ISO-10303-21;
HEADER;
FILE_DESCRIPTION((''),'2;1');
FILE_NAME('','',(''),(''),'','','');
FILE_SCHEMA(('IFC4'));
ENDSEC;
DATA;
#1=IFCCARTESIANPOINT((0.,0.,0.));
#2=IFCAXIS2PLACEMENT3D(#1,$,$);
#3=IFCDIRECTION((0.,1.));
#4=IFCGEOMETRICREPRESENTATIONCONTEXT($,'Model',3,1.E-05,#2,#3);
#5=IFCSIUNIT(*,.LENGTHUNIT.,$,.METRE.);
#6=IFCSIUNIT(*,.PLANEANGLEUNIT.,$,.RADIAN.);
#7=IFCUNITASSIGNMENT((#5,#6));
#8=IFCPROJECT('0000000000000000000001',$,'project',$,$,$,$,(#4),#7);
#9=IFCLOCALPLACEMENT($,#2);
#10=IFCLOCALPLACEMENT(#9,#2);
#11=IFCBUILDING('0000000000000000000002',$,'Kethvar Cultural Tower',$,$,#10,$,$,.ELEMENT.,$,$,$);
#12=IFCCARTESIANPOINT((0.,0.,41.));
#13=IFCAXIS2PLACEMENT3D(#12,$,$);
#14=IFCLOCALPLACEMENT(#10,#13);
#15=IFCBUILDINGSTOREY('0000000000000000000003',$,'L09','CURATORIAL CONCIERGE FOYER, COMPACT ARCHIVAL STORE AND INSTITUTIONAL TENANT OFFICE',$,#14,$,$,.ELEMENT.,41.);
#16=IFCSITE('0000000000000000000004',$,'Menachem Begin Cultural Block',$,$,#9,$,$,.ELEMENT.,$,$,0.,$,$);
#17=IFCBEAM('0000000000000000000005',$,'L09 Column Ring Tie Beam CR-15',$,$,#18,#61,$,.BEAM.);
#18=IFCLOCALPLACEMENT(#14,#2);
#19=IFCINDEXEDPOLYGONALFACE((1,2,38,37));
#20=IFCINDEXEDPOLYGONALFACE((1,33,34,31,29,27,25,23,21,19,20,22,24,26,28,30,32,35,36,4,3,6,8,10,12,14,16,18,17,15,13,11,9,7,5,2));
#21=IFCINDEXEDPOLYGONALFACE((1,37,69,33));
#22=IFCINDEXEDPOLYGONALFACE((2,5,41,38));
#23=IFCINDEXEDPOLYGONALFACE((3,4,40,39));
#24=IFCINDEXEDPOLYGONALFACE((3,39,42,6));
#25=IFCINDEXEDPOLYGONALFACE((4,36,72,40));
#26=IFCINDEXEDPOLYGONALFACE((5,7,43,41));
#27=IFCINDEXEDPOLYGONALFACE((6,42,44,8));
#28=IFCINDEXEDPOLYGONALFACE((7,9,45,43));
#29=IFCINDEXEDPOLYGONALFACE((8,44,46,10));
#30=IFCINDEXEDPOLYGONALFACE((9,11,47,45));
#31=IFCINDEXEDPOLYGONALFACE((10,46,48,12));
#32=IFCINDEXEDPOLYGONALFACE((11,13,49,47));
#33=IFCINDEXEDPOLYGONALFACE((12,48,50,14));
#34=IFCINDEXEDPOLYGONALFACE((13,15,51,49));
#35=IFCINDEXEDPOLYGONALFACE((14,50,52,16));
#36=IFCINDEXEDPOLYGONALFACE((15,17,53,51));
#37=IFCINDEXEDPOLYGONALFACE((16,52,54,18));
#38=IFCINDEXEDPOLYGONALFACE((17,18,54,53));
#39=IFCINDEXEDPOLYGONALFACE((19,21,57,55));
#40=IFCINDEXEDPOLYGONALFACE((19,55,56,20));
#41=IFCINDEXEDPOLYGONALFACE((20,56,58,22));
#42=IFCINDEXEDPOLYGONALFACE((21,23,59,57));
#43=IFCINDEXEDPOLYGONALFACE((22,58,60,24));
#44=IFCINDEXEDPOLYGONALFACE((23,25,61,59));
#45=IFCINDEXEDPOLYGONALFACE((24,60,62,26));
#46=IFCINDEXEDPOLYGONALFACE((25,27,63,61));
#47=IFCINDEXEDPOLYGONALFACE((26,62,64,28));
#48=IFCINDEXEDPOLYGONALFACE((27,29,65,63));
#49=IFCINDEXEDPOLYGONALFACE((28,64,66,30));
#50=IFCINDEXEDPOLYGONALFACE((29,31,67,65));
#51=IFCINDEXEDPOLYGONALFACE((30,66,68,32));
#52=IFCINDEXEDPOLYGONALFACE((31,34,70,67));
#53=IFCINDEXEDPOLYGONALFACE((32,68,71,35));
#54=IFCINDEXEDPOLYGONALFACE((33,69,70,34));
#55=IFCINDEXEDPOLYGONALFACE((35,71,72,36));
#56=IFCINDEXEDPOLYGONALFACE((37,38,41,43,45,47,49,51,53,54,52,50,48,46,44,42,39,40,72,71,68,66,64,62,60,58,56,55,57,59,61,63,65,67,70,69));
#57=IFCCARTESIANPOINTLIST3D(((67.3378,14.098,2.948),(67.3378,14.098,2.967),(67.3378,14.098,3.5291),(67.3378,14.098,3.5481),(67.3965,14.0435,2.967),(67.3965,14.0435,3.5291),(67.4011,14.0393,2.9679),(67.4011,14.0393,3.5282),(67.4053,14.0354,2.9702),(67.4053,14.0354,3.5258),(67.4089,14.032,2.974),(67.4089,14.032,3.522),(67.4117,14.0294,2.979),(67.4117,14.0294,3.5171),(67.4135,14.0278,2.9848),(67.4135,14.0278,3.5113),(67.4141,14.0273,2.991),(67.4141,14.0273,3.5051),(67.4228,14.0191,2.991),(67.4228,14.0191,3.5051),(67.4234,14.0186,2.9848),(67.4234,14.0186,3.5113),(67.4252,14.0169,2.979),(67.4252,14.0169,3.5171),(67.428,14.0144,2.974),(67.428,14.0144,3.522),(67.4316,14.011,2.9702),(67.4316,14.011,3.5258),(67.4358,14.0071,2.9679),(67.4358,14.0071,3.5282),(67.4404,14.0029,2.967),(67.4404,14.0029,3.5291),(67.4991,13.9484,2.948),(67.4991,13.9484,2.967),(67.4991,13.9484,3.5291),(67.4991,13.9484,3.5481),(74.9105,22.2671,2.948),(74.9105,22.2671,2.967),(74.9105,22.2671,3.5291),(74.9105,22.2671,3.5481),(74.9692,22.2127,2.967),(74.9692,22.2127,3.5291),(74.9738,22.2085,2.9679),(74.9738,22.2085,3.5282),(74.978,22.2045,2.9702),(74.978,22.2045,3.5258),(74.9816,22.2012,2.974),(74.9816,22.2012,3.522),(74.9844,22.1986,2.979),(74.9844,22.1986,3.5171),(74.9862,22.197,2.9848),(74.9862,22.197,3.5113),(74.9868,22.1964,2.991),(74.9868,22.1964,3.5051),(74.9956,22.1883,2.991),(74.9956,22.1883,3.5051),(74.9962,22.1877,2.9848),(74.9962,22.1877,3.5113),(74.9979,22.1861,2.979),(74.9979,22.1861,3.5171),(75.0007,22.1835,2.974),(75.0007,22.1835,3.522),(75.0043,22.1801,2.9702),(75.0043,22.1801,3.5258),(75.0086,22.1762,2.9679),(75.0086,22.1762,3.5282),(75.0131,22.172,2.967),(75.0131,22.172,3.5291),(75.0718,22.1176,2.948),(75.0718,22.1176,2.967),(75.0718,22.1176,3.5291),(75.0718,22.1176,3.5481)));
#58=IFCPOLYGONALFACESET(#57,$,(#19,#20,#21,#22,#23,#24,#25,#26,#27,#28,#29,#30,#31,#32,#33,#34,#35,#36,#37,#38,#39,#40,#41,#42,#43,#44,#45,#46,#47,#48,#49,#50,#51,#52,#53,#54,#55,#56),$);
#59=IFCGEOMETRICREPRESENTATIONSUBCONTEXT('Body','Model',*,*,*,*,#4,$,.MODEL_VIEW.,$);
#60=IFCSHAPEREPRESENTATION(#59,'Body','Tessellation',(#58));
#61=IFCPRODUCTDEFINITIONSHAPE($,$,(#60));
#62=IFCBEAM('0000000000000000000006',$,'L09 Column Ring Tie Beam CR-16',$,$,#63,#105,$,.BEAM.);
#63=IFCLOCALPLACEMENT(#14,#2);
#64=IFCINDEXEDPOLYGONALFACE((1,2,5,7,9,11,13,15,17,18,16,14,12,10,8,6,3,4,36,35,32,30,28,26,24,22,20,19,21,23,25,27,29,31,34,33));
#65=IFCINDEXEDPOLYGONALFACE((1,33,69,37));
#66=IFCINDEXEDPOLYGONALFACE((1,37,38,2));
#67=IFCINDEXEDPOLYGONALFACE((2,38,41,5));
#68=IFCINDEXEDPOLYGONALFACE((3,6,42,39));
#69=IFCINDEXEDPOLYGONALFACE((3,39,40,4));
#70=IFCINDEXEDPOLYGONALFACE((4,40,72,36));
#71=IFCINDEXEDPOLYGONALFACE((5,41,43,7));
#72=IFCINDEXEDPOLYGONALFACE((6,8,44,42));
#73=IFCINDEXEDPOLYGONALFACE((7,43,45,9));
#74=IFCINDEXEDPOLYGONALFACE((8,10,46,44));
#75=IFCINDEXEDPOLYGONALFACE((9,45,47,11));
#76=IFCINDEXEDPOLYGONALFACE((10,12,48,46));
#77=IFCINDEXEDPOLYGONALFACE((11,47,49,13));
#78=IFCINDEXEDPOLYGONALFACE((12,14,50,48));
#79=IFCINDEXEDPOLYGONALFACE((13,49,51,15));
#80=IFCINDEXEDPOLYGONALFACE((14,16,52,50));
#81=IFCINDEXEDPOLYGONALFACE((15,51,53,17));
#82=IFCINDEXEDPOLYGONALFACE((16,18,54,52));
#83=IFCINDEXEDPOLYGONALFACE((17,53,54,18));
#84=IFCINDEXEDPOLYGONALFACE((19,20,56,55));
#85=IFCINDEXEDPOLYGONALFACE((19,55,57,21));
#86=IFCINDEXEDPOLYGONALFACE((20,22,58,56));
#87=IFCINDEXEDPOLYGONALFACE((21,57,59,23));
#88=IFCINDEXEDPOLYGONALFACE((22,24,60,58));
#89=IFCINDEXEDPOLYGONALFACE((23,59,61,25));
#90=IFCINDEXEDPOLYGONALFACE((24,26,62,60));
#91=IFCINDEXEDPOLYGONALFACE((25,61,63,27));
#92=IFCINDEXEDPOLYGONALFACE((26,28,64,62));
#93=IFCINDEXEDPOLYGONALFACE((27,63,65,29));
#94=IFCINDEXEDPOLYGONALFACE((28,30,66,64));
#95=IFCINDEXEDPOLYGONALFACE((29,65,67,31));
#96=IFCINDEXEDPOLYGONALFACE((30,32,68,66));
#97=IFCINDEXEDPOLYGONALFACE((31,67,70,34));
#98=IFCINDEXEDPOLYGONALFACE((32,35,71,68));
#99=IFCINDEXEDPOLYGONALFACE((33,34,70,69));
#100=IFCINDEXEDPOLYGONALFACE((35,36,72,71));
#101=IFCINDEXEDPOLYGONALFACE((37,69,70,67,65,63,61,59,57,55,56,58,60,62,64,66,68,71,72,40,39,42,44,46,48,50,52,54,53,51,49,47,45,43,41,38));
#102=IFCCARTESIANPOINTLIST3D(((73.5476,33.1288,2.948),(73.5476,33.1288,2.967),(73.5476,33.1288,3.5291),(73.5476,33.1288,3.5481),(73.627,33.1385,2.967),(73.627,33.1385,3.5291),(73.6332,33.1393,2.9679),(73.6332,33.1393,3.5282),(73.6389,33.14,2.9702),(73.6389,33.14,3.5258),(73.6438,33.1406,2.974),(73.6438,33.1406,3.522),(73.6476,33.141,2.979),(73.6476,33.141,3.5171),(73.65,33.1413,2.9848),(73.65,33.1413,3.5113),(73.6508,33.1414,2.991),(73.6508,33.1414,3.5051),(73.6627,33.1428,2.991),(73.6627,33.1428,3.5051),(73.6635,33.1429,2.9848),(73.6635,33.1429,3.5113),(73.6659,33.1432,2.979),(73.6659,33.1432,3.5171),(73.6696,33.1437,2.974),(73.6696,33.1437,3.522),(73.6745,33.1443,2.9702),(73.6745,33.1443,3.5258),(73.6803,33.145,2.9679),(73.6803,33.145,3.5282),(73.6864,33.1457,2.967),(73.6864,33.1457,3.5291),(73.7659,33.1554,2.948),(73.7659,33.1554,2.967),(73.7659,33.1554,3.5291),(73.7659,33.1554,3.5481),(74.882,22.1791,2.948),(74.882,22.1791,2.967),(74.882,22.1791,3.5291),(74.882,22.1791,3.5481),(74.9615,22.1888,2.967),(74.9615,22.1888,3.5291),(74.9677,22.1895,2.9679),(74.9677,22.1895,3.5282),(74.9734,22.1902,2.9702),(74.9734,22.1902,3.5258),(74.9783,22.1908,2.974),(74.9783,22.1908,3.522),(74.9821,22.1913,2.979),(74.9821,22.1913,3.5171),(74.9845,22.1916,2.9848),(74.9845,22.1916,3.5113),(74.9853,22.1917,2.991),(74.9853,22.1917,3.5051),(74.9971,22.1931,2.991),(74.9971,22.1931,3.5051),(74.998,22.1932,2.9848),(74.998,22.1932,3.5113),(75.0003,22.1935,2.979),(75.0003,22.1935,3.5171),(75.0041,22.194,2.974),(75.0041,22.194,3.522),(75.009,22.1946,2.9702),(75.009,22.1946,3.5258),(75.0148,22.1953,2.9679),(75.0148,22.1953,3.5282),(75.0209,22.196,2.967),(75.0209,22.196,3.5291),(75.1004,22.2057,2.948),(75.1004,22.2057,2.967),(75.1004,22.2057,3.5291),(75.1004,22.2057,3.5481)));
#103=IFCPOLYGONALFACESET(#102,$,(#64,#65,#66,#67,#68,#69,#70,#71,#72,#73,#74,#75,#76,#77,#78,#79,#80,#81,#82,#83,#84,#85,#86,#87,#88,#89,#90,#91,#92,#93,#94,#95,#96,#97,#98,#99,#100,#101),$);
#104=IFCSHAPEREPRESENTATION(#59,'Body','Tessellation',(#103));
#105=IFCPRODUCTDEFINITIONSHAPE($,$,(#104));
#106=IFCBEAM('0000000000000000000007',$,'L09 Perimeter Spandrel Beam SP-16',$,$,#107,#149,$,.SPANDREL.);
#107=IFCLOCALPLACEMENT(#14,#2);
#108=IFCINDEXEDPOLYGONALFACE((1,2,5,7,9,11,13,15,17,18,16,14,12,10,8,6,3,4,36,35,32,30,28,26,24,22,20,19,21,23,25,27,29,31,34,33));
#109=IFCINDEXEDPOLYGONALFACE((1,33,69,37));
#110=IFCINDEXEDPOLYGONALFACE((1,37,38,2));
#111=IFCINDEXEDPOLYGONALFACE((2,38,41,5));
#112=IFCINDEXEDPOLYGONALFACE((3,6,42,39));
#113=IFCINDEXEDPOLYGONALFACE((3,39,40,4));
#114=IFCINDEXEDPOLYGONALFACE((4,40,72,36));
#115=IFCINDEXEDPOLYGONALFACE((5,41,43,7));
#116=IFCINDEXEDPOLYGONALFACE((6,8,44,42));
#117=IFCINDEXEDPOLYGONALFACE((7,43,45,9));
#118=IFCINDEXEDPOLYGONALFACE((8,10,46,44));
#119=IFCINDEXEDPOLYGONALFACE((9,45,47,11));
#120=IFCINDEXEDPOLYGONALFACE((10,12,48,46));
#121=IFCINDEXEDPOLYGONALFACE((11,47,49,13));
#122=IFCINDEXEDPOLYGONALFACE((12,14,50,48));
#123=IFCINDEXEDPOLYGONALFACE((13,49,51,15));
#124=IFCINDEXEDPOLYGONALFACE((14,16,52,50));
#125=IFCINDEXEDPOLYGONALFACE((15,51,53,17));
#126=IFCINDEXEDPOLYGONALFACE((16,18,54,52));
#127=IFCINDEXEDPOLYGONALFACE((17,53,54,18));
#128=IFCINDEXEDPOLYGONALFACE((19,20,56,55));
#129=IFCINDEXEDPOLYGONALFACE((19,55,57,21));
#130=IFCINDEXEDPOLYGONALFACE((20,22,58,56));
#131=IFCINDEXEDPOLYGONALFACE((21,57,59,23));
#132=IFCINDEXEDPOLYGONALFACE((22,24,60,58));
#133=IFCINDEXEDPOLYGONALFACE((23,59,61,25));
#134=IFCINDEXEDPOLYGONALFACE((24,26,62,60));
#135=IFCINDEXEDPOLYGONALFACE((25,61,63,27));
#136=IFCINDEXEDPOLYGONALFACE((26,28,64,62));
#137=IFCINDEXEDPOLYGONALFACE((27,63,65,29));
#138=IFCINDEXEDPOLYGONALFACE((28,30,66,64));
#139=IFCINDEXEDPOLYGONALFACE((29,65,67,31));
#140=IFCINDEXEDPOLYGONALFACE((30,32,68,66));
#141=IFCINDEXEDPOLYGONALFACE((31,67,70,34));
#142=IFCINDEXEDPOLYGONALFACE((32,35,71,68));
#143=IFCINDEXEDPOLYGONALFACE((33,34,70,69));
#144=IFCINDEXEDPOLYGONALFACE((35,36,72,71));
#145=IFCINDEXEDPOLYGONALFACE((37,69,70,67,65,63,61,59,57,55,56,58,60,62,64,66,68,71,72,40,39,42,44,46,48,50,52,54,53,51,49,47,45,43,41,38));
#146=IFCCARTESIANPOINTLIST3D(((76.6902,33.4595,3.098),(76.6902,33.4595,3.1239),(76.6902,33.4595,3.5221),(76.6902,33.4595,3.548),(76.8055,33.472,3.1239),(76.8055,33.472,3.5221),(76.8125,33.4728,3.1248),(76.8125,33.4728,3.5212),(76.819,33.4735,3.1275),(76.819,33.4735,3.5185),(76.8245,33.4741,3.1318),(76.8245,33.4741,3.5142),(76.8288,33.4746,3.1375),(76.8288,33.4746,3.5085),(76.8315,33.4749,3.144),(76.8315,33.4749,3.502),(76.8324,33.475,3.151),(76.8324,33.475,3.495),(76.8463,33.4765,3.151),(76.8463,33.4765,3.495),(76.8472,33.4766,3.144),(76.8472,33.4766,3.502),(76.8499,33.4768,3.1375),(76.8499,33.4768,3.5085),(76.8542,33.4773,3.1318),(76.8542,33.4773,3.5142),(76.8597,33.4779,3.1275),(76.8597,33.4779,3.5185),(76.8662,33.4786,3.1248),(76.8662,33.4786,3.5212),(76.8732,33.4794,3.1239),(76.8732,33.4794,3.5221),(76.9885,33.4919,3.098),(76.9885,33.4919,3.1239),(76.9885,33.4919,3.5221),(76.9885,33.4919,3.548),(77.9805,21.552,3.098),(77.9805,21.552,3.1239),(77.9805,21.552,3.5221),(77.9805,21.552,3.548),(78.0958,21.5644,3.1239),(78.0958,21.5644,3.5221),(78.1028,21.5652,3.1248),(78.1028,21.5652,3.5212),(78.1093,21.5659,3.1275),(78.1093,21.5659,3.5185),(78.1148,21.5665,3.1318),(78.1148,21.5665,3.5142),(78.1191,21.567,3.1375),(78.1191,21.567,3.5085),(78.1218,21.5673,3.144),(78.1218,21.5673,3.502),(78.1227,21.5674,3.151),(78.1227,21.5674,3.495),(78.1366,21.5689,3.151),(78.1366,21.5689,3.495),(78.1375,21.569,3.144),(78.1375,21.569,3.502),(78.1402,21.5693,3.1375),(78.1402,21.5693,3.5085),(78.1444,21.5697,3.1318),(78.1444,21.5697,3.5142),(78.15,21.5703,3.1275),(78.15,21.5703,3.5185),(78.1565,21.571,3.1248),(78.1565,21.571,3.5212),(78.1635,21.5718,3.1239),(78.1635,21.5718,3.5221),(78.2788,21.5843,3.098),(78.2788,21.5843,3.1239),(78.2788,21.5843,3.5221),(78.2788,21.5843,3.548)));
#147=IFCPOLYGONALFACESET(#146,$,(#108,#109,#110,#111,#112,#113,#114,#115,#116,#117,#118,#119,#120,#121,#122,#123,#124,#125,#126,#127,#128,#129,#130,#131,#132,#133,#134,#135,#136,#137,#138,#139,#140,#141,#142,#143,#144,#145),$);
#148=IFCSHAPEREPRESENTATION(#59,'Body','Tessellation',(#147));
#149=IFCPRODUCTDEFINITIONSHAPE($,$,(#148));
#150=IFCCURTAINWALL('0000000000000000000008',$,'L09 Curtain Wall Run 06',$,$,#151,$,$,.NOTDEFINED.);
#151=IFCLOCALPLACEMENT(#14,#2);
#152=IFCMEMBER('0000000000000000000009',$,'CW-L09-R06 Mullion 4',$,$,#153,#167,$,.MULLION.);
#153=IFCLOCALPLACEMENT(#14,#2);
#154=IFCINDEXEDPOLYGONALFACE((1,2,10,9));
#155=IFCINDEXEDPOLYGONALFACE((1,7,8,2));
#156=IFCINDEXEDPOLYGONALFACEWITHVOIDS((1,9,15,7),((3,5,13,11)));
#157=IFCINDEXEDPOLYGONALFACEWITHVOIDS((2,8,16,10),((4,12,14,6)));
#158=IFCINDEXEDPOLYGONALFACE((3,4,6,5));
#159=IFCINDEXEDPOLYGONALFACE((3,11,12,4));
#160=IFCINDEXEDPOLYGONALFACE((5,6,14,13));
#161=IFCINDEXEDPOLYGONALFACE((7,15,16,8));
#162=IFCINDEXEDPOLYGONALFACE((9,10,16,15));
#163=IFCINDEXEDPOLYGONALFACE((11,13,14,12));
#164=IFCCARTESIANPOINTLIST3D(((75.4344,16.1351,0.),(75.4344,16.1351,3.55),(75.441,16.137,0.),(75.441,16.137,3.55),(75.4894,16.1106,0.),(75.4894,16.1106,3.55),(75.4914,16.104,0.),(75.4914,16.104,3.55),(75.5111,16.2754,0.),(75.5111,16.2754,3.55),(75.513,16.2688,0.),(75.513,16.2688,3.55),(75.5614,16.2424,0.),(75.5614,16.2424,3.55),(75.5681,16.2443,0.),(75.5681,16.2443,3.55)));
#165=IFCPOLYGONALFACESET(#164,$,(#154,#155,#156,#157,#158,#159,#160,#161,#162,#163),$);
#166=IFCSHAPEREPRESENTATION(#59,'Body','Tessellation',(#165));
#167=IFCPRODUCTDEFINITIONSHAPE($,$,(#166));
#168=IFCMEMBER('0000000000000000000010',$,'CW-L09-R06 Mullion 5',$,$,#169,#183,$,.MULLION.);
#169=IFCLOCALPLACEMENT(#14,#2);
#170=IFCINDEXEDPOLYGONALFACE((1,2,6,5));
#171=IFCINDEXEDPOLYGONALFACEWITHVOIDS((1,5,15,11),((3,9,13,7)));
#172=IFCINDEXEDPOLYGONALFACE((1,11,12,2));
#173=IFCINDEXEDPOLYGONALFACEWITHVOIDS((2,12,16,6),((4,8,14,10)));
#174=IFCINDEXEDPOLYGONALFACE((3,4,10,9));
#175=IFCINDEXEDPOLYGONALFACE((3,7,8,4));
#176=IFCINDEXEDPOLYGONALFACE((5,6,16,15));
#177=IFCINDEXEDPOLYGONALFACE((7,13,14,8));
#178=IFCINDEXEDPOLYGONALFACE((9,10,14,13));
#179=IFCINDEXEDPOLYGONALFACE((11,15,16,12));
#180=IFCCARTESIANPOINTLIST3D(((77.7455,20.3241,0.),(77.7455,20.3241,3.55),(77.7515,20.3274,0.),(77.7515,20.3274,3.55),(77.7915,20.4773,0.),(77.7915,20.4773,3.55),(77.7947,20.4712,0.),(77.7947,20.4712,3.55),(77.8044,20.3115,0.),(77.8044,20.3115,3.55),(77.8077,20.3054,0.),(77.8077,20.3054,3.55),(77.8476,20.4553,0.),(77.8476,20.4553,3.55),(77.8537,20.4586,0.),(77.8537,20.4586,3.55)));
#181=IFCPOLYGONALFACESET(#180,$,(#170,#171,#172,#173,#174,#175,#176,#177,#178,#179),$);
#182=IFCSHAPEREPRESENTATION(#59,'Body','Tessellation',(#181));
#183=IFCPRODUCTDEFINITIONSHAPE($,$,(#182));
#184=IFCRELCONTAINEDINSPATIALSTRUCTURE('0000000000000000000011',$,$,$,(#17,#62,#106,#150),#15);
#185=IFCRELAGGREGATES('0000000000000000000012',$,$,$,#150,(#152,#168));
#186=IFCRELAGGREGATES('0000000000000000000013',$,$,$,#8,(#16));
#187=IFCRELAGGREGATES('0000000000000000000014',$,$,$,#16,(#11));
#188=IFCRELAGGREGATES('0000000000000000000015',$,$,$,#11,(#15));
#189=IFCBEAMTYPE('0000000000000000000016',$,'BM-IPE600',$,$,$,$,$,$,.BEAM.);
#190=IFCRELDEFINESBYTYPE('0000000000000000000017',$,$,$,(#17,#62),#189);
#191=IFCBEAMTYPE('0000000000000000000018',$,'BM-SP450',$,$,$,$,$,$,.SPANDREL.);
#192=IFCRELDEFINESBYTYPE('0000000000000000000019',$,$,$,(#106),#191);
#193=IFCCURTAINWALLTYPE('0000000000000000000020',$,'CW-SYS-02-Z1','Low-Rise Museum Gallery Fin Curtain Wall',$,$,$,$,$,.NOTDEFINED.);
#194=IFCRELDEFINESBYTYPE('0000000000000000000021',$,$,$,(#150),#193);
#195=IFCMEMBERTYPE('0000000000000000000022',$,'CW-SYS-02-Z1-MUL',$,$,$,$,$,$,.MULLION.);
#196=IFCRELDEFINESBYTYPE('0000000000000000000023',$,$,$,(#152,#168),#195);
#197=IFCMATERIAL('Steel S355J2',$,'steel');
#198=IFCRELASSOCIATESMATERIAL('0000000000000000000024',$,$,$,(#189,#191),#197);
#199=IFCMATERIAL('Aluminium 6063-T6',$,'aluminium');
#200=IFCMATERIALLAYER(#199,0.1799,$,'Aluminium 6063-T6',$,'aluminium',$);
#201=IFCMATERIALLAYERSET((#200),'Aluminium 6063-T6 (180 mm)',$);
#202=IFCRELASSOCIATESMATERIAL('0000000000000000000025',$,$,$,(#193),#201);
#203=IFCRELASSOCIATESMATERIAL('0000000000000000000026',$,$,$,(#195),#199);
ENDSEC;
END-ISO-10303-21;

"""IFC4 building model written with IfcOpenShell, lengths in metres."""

from ifc_helpers import new_model, si_unit, direction, frame, origin, origin_2d, place, context, subcontext, project, spatial, hollow_rectangle, i_section, extrude, source, transform, mapped, material, layer, layer_set, material_profile, profile_set, type_object, element, aggregate, save


model = new_model("IFC4")

# Units and contexts
model_context = context("Model", 3, precision=1e-05, world=origin(), true_north=direction((0.0, 1.0)))
body_context = subcontext(model_context, "Body", "Model", "MODEL_VIEW")
ifc_project = project(units=[si_unit("LENGTHUNIT", "METRE"), si_unit("PLANEANGLEUNIT", "RADIAN")], contexts=[model_context])

# Site, building, storey
site_placement = place(None, origin())
site = spatial("IfcSite", under=ifc_project, at=site_placement, Name="Menachem Begin Cultural Block", CompositionType="ELEMENT", RefElevation=0.0)
building_placement = place(site_placement, origin())
building = spatial("IfcBuilding", under=site, at=building_placement, Name="Kethvar Cultural Tower", CompositionType="ELEMENT")
storey_placement = place(building_placement, frame((0.0, 0.0, 41.0)))
storey = spatial("IfcBuildingStorey", under=building, at=storey_placement, Name="L09", Description="CURATORIAL CONCIERGE FOYER, COMPACT ARCHIVAL STORE AND INSTITUTIONAL TENANT OFFICE", CompositionType="ELEMENT", Elevation=41.0)

# Beams
ifc_material_1 = material(Name="Steel S355J2", Category="steel")
ifc_material_profile_1 = material_profile(ifc_material_1, i_section(OverallWidth=0.22, OverallDepth=0.6001, WebThickness=0.012, FlangeThickness=0.019, FilletRadius=0.0239, at=origin_2d()), Name="Steel S355J2 — IPE600")
ifc_profile_set_1 = profile_set([ifc_material_profile_1], Name="Steel S355J2 — IPE600")
beam_type_1 = type_object("IfcBeamType", Name="BM-IPE600", PredefinedType="BEAM", material=ifc_profile_set_1)
shared_shape_1 = source(origin(), body_context, "Body", "SweptSolid", [
    extrude(i_section(OverallWidth=0.22, OverallDepth=0.6001, WebThickness=0.012, FlangeThickness=0.019, FilletRadius=0.0239, at=origin_2d()), origin(), (0.0, 0.0, 1.0), 11.1392),
])
beam_1_placement = place(storey_placement, frame((67.4185, 14.0232, 3.248), z_axis=(0.679828, 0.733372, 0.0), x_axis=(-0.733372, 0.679828, 0.0)))
element("IfcBeam", 1, at=beam_1_placement, inside=storey, type_object=beam_type_1, Name="L09 Column Ring Tie Beam CR-15", PredefinedType="BEAM", context=body_context, shape_type="MappedRepresentation", body=[
    mapped(shared_shape_1, transform((0.0, 0.0, 0.0), scale=1.0)),
])
shared_shape_2 = source(origin(), body_context, "Body", "SweptSolid", [
    extrude(i_section(OverallWidth=0.22, OverallDepth=0.6001, WebThickness=0.012, FlangeThickness=0.019, FilletRadius=0.0239, at=origin_2d()), origin(), (0.0, 0.0, 1.0), 11.0308),
])
beam_2_placement = place(storey_placement, frame((74.9912, 22.1924, 3.248), z_axis=(-0.120978, 0.992655, 0.0), x_axis=(-0.992655, -0.120978, 0.0)))
element("IfcBeam", 2, at=beam_2_placement, inside=storey, type_object=beam_type_1, Name="L09 Column Ring Tie Beam CR-16", PredefinedType="BEAM", context=body_context, shape_type="MappedRepresentation", body=[
    mapped(shared_shape_2, transform((0.0, 0.0, 0.0), scale=1.0)),
])
ifc_material_profile_2 = material_profile(ifc_material_1, i_section(OverallWidth=0.3, OverallDepth=0.45, WebThickness=0.0139, FlangeThickness=0.0259, FilletRadius=0.0271, at=origin_2d()), Name="Steel S355J2 — HEB450")
ifc_profile_set_2 = profile_set([ifc_material_profile_2], Name="Steel S355J2 — HEB450")
beam_type_2 = type_object("IfcBeamType", Name="BM-SP450", PredefinedType="SPANDREL", material=ifc_profile_set_2)
shared_shape_3 = source(origin(), body_context, "Body", "SweptSolid", [
    extrude(i_section(OverallWidth=0.3, OverallDepth=0.45, WebThickness=0.0139, FlangeThickness=0.0259, FilletRadius=0.0271, at=origin_2d()), origin(), (0.0, 0.0, 1.0), 11.9773),
])
beam_3_placement = place(storey_placement, frame((78.1296, 21.5681, 3.323), z_axis=(-0.107729, 0.99418, 0.0), x_axis=(-0.99418, -0.107729, 0.0)))
element("IfcBeam", 3, at=beam_3_placement, inside=storey, type_object=beam_type_2, Name="L09 Perimeter Spandrel Beam SP-16", PredefinedType="SPANDREL", context=body_context, shape_type="MappedRepresentation", body=[
    mapped(shared_shape_3, transform((0.0, 0.0, 0.0), scale=1.0)),
])

# Curtain wall, members
ifc_material_2 = material(Name="Aluminium 6063-T6", Category="aluminium")
ifc_layer_1 = layer(ifc_material_2, 0.1799, Name="Aluminium 6063-T6", Category="aluminium")
ifc_layer_set_1 = layer_set([ifc_layer_1], Name="Aluminium 6063-T6 (180 mm)")
curtain_wall_type = type_object("IfcCurtainWallType", Name="CW-SYS-02-Z1", Description="Low-Rise Museum Gallery Fin Curtain Wall", PredefinedType="NOTDEFINED", material=ifc_layer_set_1)
curtain_wall_placement = place(storey_placement, origin())
curtain_wall = element("IfcCurtainWall", 4, at=curtain_wall_placement, inside=storey, type_object=curtain_wall_type, Name="L09 Curtain Wall Run 06", PredefinedType="NOTDEFINED")
ifc_material_profile_3 = material_profile(ifc_material_2, hollow_rectangle(XDim=0.0649, YDim=0.1599, WallThickness=0.0049, at=origin_2d()), Name="Aluminium 6063-T6 — RHS160x65x5")
ifc_profile_set_3 = profile_set([ifc_material_profile_3], Name="Aluminium 6063-T6 — RHS160x65x5")
member_type_1 = type_object("IfcMemberType", Name="CW-SYS-02-Z1-MUL", PredefinedType="MULLION", material=ifc_profile_set_3)
shared_shape_4 = source(origin(), body_context, "Body", "SweptSolid", [
    extrude(hollow_rectangle(XDim=0.0649, YDim=0.1599, WallThickness=0.0049, at=origin_2d()), origin(), (0.0, 0.0, 1.0), 3.55),
])
member_1_placement = place(storey_placement, frame((75.5012, 16.1897, 0.0), z_axis=(0.0, 0.0, 1.0), x_axis=(-0.877573, 0.479443, 0.0)))
member_1 = element("IfcMember", 5, at=member_1_placement, type_object=member_type_1, Name="CW-L09-R06 Mullion 4", PredefinedType="MULLION", context=body_context, shape_type="MappedRepresentation", body=[
    mapped(shared_shape_4, transform((0.0, 0.0, 0.0), scale=1.0)),
])
member_2_placement = place(storey_placement, frame((77.7996, 20.3914, 0.0), z_axis=(0.0, 0.0, 1.0), x_axis=(-0.957762, 0.287561, 0.0)))
member_2 = element("IfcMember", 6, at=member_2_placement, type_object=member_type_1, Name="CW-L09-R06 Mullion 5", PredefinedType="MULLION", context=body_context, shape_type="MappedRepresentation", body=[
    mapped(shared_shape_4, transform((0.0, 0.0, 0.0), scale=1.0)),
])
aggregate(curtain_wall, [member_1, member_2])

save(model, "model.ifc")
